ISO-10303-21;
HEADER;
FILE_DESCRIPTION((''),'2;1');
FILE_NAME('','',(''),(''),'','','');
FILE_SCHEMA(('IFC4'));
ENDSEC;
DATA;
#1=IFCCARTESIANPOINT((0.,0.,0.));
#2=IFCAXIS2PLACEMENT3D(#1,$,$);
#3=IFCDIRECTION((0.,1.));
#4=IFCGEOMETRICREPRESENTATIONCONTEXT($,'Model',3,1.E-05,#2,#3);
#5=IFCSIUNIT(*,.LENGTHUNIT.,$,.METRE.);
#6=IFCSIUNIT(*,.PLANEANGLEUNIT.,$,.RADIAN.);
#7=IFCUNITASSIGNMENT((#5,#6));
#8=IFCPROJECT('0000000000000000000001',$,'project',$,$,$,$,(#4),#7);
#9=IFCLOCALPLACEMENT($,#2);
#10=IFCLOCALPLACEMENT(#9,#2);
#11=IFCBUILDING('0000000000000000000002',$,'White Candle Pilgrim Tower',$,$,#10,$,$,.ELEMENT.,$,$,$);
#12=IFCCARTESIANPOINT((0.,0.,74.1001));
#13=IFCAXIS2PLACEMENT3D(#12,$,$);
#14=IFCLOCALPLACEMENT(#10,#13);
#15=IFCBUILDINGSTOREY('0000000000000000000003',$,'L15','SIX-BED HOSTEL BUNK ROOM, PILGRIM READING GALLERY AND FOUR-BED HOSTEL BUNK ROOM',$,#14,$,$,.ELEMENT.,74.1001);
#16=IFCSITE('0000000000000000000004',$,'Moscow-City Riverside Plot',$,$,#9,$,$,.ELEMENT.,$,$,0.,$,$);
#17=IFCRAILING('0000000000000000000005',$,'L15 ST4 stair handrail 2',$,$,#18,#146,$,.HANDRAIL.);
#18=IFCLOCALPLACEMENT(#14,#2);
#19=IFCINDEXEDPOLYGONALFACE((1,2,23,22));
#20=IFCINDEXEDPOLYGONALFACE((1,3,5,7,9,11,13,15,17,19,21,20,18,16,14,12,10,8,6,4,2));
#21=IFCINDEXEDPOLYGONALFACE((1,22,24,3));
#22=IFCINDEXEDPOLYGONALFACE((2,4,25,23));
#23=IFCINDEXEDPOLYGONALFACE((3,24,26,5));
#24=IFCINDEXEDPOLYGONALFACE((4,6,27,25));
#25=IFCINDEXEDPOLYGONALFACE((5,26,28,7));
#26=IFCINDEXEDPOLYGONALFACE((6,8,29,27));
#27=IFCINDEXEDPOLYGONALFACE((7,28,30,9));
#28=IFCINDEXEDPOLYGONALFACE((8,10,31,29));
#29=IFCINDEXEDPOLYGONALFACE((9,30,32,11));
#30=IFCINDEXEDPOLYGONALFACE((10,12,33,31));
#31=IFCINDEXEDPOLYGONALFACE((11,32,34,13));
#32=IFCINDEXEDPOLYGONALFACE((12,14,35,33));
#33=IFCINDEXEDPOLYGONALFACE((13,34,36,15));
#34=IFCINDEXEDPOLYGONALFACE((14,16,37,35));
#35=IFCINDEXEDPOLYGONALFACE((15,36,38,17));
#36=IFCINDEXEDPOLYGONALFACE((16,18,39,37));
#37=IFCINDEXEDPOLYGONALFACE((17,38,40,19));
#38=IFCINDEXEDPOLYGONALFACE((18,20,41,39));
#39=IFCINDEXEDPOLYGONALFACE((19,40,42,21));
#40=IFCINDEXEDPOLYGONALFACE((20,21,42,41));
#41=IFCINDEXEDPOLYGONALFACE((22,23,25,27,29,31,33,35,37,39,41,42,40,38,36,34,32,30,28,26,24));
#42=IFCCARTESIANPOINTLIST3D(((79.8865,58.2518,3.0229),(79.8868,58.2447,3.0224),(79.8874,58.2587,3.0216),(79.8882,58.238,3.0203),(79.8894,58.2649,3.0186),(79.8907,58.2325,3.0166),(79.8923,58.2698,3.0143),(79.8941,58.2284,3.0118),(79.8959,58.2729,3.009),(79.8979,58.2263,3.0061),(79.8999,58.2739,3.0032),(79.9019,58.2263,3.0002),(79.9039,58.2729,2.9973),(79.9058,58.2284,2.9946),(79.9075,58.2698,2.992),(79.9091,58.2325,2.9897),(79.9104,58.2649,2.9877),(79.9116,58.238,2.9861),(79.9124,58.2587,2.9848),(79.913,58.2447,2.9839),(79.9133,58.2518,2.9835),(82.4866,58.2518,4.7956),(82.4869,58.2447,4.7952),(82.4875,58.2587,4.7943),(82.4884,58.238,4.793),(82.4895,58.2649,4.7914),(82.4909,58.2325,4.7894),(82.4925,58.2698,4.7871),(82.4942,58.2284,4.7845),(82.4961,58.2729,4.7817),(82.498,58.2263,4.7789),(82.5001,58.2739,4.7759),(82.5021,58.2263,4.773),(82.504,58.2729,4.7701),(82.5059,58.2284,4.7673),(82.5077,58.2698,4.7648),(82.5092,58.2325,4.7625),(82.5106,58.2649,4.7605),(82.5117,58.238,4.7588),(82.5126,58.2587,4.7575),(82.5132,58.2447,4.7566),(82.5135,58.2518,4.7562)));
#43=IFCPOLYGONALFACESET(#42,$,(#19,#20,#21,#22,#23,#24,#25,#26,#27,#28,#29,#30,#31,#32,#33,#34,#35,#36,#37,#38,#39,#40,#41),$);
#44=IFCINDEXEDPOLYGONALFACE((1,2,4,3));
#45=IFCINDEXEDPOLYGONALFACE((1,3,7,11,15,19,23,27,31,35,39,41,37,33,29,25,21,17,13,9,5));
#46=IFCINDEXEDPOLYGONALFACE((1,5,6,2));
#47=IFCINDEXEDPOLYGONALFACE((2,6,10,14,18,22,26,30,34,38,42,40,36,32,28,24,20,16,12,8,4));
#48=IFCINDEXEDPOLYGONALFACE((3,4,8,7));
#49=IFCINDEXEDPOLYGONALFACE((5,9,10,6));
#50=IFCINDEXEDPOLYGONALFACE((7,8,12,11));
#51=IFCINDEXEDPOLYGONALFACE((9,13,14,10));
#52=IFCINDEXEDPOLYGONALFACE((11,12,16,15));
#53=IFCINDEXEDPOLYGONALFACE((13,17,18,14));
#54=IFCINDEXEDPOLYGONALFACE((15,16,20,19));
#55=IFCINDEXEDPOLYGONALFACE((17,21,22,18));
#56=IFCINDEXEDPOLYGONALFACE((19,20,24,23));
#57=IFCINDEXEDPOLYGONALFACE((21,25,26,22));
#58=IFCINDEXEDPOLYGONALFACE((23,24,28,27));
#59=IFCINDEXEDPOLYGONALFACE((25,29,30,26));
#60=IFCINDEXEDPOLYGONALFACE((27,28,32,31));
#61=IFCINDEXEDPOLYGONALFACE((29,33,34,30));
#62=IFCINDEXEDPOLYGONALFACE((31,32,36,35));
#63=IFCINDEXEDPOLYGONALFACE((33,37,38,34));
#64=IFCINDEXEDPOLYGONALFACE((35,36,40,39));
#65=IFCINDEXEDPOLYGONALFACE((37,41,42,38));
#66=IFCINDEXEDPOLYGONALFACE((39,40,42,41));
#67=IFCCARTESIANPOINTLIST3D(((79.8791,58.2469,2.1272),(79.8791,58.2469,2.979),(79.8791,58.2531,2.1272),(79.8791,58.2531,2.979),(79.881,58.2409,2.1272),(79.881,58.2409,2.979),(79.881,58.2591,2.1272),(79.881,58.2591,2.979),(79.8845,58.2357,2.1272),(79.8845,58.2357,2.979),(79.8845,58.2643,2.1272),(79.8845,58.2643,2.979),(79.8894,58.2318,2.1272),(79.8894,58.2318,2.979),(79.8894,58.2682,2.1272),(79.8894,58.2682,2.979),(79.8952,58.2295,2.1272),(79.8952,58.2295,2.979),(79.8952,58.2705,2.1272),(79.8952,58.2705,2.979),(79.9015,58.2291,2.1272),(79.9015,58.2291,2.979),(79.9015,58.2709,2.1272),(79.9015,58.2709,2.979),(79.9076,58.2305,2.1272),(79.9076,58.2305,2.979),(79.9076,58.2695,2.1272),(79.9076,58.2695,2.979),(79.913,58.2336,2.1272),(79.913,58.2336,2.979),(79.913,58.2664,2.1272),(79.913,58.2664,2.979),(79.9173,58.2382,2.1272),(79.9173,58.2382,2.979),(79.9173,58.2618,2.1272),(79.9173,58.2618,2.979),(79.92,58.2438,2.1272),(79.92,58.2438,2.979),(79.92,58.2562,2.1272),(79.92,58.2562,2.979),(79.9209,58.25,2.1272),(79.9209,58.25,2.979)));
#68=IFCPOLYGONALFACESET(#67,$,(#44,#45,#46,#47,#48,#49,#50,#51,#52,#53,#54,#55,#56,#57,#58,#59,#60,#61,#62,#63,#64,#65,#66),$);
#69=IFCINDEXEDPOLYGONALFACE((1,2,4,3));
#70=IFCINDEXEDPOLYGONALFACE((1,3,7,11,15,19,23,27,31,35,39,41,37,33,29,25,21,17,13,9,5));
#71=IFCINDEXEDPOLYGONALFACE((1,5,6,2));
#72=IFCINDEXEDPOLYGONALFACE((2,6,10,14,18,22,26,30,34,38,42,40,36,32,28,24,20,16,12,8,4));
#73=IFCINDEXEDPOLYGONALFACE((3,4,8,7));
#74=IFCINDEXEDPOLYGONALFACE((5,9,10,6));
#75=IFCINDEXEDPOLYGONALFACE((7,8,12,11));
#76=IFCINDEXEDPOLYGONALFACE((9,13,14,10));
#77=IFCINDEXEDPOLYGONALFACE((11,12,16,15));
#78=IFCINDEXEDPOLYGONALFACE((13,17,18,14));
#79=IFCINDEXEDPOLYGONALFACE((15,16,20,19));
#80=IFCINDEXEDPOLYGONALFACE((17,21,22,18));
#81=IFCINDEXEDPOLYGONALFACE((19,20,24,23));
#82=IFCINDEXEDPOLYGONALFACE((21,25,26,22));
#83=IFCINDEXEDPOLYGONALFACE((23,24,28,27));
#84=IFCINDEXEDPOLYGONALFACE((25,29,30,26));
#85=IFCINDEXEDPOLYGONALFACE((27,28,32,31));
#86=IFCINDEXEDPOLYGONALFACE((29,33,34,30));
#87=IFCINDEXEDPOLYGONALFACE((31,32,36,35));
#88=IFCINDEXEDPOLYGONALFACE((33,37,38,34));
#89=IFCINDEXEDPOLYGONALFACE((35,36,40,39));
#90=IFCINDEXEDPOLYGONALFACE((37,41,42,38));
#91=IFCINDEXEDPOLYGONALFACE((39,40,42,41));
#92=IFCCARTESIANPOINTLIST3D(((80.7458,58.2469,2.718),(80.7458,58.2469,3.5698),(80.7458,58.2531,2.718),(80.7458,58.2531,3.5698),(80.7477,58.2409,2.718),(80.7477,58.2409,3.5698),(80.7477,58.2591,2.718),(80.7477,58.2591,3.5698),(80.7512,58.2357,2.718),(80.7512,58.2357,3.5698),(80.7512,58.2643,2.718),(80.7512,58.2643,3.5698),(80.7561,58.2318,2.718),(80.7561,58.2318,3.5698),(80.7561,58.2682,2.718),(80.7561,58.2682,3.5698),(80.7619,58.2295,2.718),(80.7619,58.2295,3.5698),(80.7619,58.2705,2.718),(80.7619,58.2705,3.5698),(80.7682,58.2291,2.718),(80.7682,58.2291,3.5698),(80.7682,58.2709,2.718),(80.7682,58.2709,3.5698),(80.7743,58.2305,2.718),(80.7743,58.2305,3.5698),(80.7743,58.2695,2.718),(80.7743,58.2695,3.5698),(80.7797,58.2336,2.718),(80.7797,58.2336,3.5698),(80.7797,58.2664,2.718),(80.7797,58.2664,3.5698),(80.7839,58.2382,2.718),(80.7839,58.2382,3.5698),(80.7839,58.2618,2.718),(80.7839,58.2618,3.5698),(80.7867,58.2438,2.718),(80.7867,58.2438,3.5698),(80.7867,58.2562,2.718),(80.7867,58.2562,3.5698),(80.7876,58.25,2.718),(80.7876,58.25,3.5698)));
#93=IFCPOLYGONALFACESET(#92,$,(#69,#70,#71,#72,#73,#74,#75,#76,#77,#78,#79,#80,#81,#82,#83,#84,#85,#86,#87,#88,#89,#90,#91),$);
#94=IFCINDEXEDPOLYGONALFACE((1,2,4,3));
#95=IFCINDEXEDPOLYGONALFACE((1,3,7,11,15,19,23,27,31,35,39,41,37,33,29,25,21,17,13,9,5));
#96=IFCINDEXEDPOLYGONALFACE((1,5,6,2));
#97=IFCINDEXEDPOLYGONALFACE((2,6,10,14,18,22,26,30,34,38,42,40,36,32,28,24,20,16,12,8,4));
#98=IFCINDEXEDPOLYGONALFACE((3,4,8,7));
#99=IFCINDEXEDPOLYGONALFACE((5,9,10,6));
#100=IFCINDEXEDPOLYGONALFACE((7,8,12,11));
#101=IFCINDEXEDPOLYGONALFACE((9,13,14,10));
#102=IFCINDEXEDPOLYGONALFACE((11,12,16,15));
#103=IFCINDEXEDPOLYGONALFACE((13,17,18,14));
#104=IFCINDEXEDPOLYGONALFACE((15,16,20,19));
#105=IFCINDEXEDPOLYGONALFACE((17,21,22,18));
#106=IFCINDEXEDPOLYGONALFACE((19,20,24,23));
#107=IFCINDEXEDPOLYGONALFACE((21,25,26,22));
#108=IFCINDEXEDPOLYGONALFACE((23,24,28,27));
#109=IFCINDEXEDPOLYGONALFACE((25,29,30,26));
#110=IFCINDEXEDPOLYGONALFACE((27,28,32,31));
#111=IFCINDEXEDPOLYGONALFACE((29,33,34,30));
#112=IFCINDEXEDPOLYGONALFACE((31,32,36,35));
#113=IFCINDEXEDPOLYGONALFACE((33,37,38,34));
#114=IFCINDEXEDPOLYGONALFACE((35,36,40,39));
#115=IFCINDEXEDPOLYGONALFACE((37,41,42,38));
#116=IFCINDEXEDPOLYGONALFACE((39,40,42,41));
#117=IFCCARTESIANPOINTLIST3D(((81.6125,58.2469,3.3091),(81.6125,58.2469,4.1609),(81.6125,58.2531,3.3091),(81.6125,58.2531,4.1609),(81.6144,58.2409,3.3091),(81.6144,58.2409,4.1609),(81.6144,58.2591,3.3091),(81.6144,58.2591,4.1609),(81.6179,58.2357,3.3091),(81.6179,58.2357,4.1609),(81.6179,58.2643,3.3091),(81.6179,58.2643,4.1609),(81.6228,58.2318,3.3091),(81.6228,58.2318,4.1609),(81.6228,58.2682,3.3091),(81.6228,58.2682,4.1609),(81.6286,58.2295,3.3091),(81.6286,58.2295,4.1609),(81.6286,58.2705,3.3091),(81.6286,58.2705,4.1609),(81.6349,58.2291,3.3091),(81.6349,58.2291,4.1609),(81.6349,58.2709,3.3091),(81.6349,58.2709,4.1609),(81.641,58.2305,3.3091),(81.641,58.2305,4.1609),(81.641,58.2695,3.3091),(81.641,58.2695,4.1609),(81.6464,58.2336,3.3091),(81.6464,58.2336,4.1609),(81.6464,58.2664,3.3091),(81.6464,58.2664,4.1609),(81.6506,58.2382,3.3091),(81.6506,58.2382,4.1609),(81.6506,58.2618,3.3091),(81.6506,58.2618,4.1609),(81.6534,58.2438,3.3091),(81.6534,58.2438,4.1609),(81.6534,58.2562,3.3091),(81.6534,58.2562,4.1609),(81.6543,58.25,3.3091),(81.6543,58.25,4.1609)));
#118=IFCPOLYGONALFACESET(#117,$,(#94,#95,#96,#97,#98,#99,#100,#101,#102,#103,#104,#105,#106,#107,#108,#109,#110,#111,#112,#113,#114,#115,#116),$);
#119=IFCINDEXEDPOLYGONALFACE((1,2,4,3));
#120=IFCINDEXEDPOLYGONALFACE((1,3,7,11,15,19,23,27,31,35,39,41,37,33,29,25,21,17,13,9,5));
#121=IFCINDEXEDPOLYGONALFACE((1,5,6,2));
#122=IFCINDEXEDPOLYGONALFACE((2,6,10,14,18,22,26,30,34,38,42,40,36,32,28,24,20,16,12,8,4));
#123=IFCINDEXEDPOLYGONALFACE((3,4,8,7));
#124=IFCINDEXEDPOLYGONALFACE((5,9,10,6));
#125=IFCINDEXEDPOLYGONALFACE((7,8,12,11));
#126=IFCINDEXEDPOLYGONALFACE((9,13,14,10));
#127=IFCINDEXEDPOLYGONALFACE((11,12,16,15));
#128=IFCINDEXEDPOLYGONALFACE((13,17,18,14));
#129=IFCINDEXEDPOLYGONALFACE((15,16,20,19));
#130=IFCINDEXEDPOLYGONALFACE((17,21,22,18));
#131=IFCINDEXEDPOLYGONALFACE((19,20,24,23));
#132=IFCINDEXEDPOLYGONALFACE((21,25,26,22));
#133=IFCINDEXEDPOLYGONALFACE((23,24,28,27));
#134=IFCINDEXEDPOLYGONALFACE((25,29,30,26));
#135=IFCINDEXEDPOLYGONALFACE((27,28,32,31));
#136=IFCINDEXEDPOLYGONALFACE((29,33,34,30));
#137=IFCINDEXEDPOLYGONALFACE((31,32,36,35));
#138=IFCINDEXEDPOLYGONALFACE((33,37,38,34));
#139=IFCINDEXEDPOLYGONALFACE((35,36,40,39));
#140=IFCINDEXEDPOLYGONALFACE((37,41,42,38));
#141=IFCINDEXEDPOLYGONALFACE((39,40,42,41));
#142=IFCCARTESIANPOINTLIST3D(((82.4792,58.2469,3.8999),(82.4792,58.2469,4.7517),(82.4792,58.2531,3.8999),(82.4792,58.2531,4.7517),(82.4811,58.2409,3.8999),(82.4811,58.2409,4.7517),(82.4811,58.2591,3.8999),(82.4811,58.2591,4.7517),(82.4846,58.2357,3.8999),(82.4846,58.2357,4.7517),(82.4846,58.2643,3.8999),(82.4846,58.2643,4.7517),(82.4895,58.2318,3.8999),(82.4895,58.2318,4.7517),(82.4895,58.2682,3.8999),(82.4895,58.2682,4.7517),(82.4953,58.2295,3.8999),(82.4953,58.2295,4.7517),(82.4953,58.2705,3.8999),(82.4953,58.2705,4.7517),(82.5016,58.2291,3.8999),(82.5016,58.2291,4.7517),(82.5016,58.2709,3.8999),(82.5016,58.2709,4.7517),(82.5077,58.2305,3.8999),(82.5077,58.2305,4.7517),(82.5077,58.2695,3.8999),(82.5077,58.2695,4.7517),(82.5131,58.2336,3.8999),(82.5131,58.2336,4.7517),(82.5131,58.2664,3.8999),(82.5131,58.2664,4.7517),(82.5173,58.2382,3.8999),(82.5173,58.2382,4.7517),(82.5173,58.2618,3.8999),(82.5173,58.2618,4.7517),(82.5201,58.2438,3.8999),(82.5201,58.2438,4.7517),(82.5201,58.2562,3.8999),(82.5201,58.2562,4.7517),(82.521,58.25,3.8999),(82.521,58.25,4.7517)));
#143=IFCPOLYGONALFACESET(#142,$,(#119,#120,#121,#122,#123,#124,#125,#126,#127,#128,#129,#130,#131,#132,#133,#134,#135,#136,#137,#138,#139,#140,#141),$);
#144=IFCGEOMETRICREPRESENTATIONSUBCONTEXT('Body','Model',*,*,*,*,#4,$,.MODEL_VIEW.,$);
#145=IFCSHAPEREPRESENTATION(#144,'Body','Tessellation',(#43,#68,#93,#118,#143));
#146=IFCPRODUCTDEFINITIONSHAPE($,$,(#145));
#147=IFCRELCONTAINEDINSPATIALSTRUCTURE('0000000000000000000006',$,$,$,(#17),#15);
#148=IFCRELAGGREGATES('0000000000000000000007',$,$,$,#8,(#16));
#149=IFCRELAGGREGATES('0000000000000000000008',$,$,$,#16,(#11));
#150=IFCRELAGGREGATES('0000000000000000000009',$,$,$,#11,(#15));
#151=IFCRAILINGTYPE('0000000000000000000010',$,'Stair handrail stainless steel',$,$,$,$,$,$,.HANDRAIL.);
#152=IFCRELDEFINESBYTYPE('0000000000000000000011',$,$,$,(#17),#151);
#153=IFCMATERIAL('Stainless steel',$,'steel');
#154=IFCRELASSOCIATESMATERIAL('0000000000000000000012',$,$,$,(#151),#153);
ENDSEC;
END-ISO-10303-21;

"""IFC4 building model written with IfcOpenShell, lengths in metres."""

from ifc_helpers import new_model, si_unit, direction, frame, origin, origin_2d, place, context, subcontext, project, spatial, circle, extrude, material, type_object, element, save


model = new_model("IFC4")

# Units and contexts
model_context = context("Model", 3, precision=1e-05, world=origin(), true_north=direction((0.0, 1.0)))
body_context = subcontext(model_context, "Body", "Model", "MODEL_VIEW")
ifc_project = project(units=[si_unit("LENGTHUNIT", "METRE"), si_unit("PLANEANGLEUNIT", "RADIAN")], contexts=[model_context])

# Site, building, storey
site_placement = place(None, origin())
site = spatial("IfcSite", under=ifc_project, at=site_placement, Name="Moscow-City Riverside Plot", CompositionType="ELEMENT", RefElevation=0.0)
building_placement = place(site_placement, origin())
building = spatial("IfcBuilding", under=site, at=building_placement, Name="White Candle Pilgrim Tower", CompositionType="ELEMENT")
storey_placement = place(building_placement, frame((0.0, 0.0, 74.1001)))
storey = spatial("IfcBuildingStorey", under=building, at=storey_placement, Name="L15", Description="SIX-BED HOSTEL BUNK ROOM, PILGRIM READING GALLERY AND FOUR-BED HOSTEL BUNK ROOM", CompositionType="ELEMENT", Elevation=74.1001)

# Railing
ifc_material_1 = material(Name="Stainless steel", Category="steel")
railing_type_1 = type_object("IfcRailingType", Name="Stair handrail stainless steel", PredefinedType="HANDRAIL", material=ifc_material_1)
railing_1_placement = place(storey_placement, frame((79.8999, 58.25, 2.1272)))
element("IfcRailing", 1, at=railing_1_placement, inside=storey, type_object=railing_type_1, Name="L15 ST4 stair handrail 2", PredefinedType="HANDRAIL", context=body_context, shape_type="SweptSolid", body=[
    extrude(circle(Radius=0.0239, at=origin_2d()), frame((0.0, 0.0, 0.876), z_axis=(0.82624, 0.0, 0.563318), x_axis=(0.0, 1.0, 0.0)), (0.0, 0.0, 1.0), 3.147),
    extrude(circle(Radius=0.021, at=origin_2d()), origin(), (0.0, 0.0, 1.0), 0.8518),
    extrude(circle(Radius=0.021, at=origin_2d()), frame((0.8667, 0.0, 0.5908)), (0.0, 0.0, 1.0), 0.8518),
    extrude(circle(Radius=0.021, at=origin_2d()), frame((1.7334, 0.0, 1.1819)), (0.0, 0.0, 1.0), 0.8518),
    extrude(circle(Radius=0.021, at=origin_2d()), frame((2.6001, 0.0, 1.7727)), (0.0, 0.0, 1.0), 0.8518),
])

save(model, "model.ifc")
